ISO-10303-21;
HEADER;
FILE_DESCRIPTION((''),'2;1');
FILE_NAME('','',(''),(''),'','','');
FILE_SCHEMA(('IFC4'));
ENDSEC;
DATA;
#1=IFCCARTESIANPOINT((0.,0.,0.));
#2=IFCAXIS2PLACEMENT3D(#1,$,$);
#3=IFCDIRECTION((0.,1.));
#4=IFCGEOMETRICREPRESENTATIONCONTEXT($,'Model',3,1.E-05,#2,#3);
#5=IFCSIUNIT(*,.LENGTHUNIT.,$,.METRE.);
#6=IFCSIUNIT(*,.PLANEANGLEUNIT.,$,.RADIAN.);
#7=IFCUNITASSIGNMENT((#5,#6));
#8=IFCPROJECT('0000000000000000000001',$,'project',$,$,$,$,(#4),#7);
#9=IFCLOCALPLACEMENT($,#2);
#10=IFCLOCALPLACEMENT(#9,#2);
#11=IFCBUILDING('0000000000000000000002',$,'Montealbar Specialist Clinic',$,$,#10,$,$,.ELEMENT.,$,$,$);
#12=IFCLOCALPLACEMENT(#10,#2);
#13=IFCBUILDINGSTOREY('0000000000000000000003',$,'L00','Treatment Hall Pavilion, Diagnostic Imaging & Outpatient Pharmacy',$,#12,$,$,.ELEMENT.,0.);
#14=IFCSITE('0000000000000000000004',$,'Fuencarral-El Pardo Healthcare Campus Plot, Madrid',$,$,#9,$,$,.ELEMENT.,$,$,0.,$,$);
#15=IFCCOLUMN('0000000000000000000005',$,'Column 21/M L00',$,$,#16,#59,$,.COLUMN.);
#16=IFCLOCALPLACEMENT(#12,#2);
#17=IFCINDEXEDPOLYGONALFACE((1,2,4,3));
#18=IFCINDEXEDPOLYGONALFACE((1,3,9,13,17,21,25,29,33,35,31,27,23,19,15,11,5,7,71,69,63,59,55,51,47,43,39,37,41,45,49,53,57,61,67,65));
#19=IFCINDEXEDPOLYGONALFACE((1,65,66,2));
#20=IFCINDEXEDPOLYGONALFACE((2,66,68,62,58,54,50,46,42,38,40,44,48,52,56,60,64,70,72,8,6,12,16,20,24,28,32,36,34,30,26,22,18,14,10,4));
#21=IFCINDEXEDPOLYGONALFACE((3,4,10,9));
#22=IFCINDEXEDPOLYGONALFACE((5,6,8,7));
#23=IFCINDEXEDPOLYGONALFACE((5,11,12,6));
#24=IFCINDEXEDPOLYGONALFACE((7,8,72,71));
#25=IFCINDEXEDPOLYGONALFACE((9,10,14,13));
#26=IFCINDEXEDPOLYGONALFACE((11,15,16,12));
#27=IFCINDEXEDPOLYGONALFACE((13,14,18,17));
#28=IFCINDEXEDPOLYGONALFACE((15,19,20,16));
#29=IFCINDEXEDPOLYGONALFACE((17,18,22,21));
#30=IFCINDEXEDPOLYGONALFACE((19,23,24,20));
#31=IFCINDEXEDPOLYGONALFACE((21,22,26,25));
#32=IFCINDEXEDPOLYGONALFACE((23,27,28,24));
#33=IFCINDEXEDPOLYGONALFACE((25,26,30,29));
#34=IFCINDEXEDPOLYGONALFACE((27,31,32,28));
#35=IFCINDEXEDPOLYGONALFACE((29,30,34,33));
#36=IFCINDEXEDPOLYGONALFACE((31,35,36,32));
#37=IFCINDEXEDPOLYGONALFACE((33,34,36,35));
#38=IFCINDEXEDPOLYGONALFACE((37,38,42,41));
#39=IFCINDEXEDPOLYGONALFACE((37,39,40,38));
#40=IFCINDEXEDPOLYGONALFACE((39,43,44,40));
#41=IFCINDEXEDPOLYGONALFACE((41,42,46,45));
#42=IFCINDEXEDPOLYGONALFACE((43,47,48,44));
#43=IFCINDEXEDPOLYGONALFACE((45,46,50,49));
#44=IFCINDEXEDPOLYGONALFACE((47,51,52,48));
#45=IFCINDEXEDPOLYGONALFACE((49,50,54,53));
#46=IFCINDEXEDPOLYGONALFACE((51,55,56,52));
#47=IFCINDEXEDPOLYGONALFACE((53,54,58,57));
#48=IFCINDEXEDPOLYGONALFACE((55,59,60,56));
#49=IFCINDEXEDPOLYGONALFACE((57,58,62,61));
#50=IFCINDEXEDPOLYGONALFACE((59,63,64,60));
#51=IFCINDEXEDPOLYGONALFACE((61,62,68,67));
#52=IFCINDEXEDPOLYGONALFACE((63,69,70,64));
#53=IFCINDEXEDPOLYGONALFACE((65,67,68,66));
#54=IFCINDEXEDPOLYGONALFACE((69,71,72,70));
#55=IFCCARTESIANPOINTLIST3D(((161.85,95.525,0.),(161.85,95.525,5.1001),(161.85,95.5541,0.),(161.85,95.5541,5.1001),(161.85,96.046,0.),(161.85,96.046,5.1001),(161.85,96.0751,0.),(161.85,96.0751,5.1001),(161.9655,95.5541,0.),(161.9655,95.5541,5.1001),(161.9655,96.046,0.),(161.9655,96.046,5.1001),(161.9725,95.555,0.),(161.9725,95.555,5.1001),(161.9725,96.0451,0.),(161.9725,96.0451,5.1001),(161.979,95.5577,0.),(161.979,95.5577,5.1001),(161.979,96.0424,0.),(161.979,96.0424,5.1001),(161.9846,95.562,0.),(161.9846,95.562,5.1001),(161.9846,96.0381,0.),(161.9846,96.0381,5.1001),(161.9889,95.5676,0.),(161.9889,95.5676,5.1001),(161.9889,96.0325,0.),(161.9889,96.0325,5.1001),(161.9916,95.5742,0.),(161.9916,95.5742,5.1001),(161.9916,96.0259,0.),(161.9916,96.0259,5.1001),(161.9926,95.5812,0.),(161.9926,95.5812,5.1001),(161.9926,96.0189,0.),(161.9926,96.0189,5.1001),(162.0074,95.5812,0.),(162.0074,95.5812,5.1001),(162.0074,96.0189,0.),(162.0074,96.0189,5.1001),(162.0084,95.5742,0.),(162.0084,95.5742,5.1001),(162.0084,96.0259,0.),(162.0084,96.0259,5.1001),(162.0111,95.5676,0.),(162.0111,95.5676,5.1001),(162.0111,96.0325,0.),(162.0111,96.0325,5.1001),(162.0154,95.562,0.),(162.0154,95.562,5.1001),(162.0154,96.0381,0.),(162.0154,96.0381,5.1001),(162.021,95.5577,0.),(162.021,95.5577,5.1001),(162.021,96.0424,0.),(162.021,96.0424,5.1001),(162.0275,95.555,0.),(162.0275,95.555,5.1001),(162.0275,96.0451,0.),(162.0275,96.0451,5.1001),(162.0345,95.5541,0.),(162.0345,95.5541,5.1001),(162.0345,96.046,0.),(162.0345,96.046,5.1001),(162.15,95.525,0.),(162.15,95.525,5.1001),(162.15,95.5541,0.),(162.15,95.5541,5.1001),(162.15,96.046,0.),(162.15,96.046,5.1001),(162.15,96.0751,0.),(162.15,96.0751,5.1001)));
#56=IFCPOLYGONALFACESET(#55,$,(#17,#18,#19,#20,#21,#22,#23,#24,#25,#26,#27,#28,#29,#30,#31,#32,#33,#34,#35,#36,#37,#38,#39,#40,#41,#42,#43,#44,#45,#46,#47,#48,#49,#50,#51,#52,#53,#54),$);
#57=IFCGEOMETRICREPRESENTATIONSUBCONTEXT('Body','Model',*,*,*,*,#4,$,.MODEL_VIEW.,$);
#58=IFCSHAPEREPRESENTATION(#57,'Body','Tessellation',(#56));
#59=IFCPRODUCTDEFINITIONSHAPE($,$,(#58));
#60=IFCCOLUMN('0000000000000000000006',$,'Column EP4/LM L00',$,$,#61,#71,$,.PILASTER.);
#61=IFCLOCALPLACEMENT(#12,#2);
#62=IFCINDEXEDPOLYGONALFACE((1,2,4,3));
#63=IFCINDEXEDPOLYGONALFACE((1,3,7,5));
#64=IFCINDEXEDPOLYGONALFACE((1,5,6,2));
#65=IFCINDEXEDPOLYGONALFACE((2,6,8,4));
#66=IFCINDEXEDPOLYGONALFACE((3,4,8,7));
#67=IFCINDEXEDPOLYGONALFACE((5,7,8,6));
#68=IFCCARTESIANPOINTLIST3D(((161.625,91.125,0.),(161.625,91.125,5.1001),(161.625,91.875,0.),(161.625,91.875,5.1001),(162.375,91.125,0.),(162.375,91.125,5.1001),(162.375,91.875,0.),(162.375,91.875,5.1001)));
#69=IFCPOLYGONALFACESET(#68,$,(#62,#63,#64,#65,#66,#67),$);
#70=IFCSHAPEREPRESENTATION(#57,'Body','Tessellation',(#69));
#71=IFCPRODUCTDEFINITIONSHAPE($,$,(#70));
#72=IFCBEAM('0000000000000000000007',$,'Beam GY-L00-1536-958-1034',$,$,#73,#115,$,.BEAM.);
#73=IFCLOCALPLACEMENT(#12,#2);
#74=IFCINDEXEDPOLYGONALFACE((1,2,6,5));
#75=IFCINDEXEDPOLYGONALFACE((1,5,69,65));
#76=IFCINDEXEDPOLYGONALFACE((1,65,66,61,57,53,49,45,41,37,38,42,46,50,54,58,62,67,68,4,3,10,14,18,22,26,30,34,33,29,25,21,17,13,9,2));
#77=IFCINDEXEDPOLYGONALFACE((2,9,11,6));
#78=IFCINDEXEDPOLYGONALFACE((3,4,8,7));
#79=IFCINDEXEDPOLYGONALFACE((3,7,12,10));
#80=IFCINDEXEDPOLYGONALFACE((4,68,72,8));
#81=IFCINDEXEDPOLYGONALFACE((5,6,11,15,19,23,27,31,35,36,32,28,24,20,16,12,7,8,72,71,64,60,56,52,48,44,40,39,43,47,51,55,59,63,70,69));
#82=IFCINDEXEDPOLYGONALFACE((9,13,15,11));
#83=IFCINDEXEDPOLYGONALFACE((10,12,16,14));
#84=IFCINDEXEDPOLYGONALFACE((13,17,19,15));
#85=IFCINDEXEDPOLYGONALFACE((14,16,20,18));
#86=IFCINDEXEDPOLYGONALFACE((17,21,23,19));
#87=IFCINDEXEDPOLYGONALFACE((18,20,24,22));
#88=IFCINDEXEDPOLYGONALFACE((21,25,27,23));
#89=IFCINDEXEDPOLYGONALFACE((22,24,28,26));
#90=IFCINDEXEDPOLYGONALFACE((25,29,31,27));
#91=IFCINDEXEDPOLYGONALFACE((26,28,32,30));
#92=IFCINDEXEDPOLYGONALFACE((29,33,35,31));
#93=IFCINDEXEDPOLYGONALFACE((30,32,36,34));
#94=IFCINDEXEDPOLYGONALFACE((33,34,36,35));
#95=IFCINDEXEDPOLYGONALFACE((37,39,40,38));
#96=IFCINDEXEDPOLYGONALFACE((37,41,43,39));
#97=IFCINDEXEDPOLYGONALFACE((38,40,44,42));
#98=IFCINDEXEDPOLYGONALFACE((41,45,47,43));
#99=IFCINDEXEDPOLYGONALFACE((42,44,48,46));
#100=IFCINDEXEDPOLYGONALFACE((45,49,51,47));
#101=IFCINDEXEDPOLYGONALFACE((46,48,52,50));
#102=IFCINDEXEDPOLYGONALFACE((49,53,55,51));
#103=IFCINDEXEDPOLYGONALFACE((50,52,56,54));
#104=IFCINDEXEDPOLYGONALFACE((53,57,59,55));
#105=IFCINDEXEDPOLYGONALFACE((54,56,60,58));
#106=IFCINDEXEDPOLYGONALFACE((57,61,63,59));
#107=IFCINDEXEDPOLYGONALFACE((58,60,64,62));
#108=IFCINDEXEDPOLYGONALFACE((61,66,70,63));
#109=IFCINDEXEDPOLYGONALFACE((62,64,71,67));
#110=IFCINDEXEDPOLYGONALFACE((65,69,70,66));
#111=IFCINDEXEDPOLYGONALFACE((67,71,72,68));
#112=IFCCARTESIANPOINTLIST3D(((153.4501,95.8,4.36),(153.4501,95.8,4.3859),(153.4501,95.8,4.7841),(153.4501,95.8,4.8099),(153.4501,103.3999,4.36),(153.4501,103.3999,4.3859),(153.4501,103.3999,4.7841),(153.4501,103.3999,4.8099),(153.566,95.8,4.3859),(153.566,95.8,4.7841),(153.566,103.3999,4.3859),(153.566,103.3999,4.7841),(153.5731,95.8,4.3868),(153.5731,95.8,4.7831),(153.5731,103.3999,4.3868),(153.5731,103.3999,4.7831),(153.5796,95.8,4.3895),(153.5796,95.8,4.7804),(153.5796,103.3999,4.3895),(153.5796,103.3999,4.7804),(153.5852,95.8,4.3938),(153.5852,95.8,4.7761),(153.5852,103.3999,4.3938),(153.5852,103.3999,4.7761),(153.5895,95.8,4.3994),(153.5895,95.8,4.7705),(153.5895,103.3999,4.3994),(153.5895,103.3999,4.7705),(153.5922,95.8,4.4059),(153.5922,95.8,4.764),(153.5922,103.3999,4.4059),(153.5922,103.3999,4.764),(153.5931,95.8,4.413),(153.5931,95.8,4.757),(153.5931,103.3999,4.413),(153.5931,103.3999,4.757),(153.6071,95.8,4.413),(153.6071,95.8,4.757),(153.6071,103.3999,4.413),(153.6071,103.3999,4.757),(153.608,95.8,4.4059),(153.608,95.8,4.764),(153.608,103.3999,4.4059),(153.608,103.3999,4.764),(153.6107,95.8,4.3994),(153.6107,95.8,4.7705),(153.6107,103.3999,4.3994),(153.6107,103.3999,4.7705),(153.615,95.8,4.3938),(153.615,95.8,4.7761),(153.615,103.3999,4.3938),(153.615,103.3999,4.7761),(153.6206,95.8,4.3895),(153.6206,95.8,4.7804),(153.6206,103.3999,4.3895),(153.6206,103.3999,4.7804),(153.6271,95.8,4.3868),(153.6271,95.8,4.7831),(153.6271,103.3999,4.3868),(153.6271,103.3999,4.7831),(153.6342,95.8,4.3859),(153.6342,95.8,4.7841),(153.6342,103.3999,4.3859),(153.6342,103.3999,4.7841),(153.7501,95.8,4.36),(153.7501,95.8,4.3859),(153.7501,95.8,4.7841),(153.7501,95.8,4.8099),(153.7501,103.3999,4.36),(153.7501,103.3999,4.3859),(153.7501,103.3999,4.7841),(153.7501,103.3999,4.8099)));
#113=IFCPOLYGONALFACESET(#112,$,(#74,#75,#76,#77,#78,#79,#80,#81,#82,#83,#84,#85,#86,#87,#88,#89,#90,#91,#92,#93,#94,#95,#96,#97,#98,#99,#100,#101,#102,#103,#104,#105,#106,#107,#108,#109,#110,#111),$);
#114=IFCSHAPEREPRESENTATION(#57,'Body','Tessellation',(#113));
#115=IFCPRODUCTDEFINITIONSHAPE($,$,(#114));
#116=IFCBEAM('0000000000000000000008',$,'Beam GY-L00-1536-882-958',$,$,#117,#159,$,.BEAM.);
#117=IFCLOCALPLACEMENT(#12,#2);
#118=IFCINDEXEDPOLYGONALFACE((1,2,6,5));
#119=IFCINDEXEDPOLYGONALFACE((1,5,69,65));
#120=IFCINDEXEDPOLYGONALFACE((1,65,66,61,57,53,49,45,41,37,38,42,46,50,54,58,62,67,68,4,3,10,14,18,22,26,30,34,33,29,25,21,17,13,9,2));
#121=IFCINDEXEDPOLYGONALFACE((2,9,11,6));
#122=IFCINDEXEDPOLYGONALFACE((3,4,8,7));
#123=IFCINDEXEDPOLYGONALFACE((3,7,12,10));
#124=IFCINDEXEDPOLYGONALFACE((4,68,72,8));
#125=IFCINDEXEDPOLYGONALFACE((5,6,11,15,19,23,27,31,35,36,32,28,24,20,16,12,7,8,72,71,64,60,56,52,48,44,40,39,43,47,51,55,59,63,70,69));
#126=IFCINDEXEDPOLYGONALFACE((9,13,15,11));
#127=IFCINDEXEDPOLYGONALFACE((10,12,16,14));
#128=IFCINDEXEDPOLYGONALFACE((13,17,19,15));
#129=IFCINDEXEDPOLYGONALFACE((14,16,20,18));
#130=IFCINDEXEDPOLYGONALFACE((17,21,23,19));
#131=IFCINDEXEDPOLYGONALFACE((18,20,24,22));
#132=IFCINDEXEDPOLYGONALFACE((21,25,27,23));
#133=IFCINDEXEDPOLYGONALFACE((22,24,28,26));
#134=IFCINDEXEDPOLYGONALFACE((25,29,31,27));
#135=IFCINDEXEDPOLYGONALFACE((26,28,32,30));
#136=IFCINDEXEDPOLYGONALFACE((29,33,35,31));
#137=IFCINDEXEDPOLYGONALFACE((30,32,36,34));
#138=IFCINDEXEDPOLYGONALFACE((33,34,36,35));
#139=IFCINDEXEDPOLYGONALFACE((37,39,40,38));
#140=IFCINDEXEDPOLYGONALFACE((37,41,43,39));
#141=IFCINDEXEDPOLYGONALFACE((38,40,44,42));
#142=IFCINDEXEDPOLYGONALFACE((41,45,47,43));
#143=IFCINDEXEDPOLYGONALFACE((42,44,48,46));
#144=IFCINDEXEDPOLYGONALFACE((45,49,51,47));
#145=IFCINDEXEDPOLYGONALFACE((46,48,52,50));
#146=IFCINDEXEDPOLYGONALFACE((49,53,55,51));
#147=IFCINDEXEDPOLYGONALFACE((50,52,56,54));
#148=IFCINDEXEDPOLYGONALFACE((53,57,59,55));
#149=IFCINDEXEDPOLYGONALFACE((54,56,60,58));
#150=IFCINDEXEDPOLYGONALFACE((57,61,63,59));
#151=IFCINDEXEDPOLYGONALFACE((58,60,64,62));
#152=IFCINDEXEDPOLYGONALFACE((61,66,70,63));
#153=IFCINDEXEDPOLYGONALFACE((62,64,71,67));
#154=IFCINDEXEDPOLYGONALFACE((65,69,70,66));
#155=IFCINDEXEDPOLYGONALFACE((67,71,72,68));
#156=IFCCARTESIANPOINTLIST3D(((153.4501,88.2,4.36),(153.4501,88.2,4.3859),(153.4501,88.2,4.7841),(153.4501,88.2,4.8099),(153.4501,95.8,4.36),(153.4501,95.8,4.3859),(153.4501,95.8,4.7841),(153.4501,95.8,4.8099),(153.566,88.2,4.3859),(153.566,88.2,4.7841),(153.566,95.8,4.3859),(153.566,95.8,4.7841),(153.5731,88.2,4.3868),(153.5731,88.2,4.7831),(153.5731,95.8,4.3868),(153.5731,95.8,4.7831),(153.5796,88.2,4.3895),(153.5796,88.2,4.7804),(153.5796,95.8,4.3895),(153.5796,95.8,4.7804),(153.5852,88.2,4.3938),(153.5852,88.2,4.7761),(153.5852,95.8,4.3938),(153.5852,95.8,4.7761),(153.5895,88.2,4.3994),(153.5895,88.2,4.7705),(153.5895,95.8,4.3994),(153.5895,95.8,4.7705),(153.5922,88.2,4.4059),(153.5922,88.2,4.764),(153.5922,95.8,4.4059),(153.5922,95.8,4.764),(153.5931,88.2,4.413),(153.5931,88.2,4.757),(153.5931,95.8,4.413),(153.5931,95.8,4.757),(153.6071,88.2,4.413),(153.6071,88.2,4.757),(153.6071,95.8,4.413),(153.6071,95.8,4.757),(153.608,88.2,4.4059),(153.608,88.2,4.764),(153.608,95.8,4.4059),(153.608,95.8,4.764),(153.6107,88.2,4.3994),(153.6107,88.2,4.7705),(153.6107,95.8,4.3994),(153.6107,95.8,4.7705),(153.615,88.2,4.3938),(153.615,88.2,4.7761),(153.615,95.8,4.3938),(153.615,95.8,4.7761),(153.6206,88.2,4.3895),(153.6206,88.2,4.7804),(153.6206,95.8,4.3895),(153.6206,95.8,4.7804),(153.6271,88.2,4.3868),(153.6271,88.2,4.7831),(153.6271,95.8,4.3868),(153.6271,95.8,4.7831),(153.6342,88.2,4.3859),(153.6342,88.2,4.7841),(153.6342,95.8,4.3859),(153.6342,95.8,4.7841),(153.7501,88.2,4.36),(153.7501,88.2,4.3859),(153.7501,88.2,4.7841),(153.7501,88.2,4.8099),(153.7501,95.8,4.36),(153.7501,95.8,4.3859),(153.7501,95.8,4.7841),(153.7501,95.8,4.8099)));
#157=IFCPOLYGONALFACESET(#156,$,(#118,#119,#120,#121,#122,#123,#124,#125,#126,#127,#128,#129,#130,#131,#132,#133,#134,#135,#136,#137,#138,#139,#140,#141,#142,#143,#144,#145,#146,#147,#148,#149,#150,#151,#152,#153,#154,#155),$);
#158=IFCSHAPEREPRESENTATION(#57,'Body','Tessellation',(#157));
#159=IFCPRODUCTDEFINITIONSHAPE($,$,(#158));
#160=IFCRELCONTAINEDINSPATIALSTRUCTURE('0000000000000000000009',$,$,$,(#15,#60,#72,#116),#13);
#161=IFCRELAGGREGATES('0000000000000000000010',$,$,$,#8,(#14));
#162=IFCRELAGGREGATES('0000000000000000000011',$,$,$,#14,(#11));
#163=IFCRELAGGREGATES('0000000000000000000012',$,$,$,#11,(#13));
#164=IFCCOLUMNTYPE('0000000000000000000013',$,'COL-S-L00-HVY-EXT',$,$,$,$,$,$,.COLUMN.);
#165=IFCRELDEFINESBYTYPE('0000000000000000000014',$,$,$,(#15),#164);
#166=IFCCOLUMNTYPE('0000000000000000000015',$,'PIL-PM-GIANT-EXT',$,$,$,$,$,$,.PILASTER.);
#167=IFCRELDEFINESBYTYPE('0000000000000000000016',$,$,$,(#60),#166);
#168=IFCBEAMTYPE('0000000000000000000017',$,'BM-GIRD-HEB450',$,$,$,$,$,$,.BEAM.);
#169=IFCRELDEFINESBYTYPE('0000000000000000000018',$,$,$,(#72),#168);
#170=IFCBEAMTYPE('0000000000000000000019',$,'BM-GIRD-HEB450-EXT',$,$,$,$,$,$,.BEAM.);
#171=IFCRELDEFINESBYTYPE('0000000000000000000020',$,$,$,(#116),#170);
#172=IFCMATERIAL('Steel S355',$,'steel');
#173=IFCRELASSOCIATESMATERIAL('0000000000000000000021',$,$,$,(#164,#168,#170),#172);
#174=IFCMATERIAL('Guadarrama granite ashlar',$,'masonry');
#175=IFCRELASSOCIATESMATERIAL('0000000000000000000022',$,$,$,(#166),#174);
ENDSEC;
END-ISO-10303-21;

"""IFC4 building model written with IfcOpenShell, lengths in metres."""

from ifc_helpers import new_model, si_unit, direction, frame, origin, origin_2d, place, context, subcontext, project, spatial, rectangle, i_section, extrude, material, material_profile, profile_set, type_object, element, save


model = new_model("IFC4")

# Units and contexts
model_context = context("Model", 3, precision=1e-05, world=origin(), true_north=direction((0.0, 1.0)))
body_context = subcontext(model_context, "Body", "Model", "MODEL_VIEW")
ifc_project = project(units=[si_unit("LENGTHUNIT", "METRE"), si_unit("PLANEANGLEUNIT", "RADIAN")], contexts=[model_context])

# Site, building, storey
site_placement = place(None, origin())
site = spatial("IfcSite", under=ifc_project, at=site_placement, Name="Fuencarral-El Pardo Healthcare Campus Plot, Madrid", CompositionType="ELEMENT", RefElevation=0.0)
building_placement = place(site_placement, origin())
building = spatial("IfcBuilding", under=site, at=building_placement, Name="Montealbar Specialist Clinic", CompositionType="ELEMENT")
storey_placement = place(building_placement, origin())
storey = spatial("IfcBuildingStorey", under=building, at=storey_placement, Name="L00", Description="Treatment Hall Pavilion, Diagnostic Imaging & Outpatient Pharmacy", CompositionType="ELEMENT", Elevation=0.0)

# Columns
ifc_material_1 = material(Name="Steel S355", Category="steel")
ifc_material_profile_1 = material_profile(ifc_material_1, i_section(OverallWidth=0.3, OverallDepth=0.55, WebThickness=0.0149, FlangeThickness=0.0291, FilletRadius=0.0271, at=origin_2d()), Name="HEB 550", Category="steel")
ifc_profile_set_1 = profile_set([ifc_material_profile_1], Name="Steel S355")
column_type_1 = type_object("IfcColumnType", Name="COL-S-L00-HVY-EXT", PredefinedType="COLUMN", material=ifc_profile_set_1)
for number, where, z_axis, x_axis, name in (
    (1, (162.0, 95.8, 0.0), (0.0, 0.0, 1.0), (1.0, 0.0, 0.0), "Column 21/M L00"),
):
    element("IfcColumn", number, at=place(storey_placement, frame(where, z_axis=z_axis, x_axis=x_axis)), inside=storey, type_object=column_type_1, Name=name, PredefinedType="COLUMN", context=body_context, shape_type="SweptSolid", body=[
        extrude(i_section(OverallWidth=0.3, OverallDepth=0.55, WebThickness=0.0149, FlangeThickness=0.0291, FilletRadius=0.0271, at=origin_2d()), origin(), (0.0, 0.0, 1.0), 5.1001),
    ])
ifc_material_2 = material(Name="Guadarrama granite ashlar", Category="masonry")
ifc_material_profile_2 = material_profile(ifc_material_2, rectangle(XDim=0.75, YDim=0.75, at=origin_2d()), Name="GRANITE PILASTER 750x750", Category="masonry")
ifc_profile_set_2 = profile_set([ifc_material_profile_2], Name="Guadarrama granite ashlar")
column_type_2 = type_object("IfcColumnType", Name="PIL-PM-GIANT-EXT", PredefinedType="PILASTER", material=ifc_profile_set_2)
column_placement = place(storey_placement, frame((162.0, 91.5, 0.0), z_axis=(0.0, 0.0, 1.0), x_axis=(1.0, 0.0, 0.0)))
element("IfcColumn", 2, at=column_placement, inside=storey, type_object=column_type_2, Name="Column EP4/LM L00", PredefinedType="PILASTER", context=body_context, shape_type="SweptSolid", body=[
    extrude(rectangle(XDim=0.75, YDim=0.75, at=origin_2d()), origin(), (0.0, 0.0, 1.0), 5.1001),
])

# Beams
ifc_material_profile_3 = material_profile(ifc_material_1, i_section(OverallWidth=0.3, OverallDepth=0.45, WebThickness=0.0139, FlangeThickness=0.0259, FilletRadius=0.0271, at=origin_2d()), Name="HEB 450", Category="steel")
ifc_profile_set_3 = profile_set([ifc_material_profile_3], Name="Steel S355")
beam_type_1 = type_object("IfcBeamType", Name="BM-GIRD-HEB450", PredefinedType="BEAM", material=ifc_profile_set_3)
beam_1_placement = place(storey_placement, frame((153.6001, 95.8, 4.585), z_axis=(0.0, 1.0, 0.0), x_axis=(-1.0, 0.0, 0.0)))
element("IfcBeam", 3, at=beam_1_placement, inside=storey, type_object=beam_type_1, Name="Beam GY-L00-1536-958-1034", PredefinedType="BEAM", context=body_context, shape_type="SweptSolid", body=[
    extrude(i_section(OverallWidth=0.3, OverallDepth=0.45, WebThickness=0.0139, FlangeThickness=0.0259, FilletRadius=0.0271, at=origin_2d()), origin(), (0.0, 0.0, 1.0), 7.5999),
])
ifc_material_profile_4 = material_profile(ifc_material_1, i_section(OverallWidth=0.3, OverallDepth=0.45, WebThickness=0.0139, FlangeThickness=0.0259, FilletRadius=0.0271, at=origin_2d()), Name="HEB 450", Category="steel")
ifc_profile_set_4 = profile_set([ifc_material_profile_4], Name="Steel S355")
beam_type_2 = type_object("IfcBeamType", Name="BM-GIRD-HEB450-EXT", PredefinedType="BEAM", material=ifc_profile_set_4)
beam_2_placement = place(storey_placement, frame((153.6001, 88.2, 4.585), z_axis=(0.0, 1.0, 0.0), x_axis=(-1.0, 0.0, 0.0)))
element("IfcBeam", 4, at=beam_2_placement, inside=storey, type_object=beam_type_2, Name="Beam GY-L00-1536-882-958", PredefinedType="BEAM", context=body_context, shape_type="SweptSolid", body=[
    extrude(i_section(OverallWidth=0.3, OverallDepth=0.45, WebThickness=0.0139, FlangeThickness=0.0259, FilletRadius=0.0271, at=origin_2d()), origin(), (0.0, 0.0, 1.0), 7.6001),
])

save(model, "model.ifc")
